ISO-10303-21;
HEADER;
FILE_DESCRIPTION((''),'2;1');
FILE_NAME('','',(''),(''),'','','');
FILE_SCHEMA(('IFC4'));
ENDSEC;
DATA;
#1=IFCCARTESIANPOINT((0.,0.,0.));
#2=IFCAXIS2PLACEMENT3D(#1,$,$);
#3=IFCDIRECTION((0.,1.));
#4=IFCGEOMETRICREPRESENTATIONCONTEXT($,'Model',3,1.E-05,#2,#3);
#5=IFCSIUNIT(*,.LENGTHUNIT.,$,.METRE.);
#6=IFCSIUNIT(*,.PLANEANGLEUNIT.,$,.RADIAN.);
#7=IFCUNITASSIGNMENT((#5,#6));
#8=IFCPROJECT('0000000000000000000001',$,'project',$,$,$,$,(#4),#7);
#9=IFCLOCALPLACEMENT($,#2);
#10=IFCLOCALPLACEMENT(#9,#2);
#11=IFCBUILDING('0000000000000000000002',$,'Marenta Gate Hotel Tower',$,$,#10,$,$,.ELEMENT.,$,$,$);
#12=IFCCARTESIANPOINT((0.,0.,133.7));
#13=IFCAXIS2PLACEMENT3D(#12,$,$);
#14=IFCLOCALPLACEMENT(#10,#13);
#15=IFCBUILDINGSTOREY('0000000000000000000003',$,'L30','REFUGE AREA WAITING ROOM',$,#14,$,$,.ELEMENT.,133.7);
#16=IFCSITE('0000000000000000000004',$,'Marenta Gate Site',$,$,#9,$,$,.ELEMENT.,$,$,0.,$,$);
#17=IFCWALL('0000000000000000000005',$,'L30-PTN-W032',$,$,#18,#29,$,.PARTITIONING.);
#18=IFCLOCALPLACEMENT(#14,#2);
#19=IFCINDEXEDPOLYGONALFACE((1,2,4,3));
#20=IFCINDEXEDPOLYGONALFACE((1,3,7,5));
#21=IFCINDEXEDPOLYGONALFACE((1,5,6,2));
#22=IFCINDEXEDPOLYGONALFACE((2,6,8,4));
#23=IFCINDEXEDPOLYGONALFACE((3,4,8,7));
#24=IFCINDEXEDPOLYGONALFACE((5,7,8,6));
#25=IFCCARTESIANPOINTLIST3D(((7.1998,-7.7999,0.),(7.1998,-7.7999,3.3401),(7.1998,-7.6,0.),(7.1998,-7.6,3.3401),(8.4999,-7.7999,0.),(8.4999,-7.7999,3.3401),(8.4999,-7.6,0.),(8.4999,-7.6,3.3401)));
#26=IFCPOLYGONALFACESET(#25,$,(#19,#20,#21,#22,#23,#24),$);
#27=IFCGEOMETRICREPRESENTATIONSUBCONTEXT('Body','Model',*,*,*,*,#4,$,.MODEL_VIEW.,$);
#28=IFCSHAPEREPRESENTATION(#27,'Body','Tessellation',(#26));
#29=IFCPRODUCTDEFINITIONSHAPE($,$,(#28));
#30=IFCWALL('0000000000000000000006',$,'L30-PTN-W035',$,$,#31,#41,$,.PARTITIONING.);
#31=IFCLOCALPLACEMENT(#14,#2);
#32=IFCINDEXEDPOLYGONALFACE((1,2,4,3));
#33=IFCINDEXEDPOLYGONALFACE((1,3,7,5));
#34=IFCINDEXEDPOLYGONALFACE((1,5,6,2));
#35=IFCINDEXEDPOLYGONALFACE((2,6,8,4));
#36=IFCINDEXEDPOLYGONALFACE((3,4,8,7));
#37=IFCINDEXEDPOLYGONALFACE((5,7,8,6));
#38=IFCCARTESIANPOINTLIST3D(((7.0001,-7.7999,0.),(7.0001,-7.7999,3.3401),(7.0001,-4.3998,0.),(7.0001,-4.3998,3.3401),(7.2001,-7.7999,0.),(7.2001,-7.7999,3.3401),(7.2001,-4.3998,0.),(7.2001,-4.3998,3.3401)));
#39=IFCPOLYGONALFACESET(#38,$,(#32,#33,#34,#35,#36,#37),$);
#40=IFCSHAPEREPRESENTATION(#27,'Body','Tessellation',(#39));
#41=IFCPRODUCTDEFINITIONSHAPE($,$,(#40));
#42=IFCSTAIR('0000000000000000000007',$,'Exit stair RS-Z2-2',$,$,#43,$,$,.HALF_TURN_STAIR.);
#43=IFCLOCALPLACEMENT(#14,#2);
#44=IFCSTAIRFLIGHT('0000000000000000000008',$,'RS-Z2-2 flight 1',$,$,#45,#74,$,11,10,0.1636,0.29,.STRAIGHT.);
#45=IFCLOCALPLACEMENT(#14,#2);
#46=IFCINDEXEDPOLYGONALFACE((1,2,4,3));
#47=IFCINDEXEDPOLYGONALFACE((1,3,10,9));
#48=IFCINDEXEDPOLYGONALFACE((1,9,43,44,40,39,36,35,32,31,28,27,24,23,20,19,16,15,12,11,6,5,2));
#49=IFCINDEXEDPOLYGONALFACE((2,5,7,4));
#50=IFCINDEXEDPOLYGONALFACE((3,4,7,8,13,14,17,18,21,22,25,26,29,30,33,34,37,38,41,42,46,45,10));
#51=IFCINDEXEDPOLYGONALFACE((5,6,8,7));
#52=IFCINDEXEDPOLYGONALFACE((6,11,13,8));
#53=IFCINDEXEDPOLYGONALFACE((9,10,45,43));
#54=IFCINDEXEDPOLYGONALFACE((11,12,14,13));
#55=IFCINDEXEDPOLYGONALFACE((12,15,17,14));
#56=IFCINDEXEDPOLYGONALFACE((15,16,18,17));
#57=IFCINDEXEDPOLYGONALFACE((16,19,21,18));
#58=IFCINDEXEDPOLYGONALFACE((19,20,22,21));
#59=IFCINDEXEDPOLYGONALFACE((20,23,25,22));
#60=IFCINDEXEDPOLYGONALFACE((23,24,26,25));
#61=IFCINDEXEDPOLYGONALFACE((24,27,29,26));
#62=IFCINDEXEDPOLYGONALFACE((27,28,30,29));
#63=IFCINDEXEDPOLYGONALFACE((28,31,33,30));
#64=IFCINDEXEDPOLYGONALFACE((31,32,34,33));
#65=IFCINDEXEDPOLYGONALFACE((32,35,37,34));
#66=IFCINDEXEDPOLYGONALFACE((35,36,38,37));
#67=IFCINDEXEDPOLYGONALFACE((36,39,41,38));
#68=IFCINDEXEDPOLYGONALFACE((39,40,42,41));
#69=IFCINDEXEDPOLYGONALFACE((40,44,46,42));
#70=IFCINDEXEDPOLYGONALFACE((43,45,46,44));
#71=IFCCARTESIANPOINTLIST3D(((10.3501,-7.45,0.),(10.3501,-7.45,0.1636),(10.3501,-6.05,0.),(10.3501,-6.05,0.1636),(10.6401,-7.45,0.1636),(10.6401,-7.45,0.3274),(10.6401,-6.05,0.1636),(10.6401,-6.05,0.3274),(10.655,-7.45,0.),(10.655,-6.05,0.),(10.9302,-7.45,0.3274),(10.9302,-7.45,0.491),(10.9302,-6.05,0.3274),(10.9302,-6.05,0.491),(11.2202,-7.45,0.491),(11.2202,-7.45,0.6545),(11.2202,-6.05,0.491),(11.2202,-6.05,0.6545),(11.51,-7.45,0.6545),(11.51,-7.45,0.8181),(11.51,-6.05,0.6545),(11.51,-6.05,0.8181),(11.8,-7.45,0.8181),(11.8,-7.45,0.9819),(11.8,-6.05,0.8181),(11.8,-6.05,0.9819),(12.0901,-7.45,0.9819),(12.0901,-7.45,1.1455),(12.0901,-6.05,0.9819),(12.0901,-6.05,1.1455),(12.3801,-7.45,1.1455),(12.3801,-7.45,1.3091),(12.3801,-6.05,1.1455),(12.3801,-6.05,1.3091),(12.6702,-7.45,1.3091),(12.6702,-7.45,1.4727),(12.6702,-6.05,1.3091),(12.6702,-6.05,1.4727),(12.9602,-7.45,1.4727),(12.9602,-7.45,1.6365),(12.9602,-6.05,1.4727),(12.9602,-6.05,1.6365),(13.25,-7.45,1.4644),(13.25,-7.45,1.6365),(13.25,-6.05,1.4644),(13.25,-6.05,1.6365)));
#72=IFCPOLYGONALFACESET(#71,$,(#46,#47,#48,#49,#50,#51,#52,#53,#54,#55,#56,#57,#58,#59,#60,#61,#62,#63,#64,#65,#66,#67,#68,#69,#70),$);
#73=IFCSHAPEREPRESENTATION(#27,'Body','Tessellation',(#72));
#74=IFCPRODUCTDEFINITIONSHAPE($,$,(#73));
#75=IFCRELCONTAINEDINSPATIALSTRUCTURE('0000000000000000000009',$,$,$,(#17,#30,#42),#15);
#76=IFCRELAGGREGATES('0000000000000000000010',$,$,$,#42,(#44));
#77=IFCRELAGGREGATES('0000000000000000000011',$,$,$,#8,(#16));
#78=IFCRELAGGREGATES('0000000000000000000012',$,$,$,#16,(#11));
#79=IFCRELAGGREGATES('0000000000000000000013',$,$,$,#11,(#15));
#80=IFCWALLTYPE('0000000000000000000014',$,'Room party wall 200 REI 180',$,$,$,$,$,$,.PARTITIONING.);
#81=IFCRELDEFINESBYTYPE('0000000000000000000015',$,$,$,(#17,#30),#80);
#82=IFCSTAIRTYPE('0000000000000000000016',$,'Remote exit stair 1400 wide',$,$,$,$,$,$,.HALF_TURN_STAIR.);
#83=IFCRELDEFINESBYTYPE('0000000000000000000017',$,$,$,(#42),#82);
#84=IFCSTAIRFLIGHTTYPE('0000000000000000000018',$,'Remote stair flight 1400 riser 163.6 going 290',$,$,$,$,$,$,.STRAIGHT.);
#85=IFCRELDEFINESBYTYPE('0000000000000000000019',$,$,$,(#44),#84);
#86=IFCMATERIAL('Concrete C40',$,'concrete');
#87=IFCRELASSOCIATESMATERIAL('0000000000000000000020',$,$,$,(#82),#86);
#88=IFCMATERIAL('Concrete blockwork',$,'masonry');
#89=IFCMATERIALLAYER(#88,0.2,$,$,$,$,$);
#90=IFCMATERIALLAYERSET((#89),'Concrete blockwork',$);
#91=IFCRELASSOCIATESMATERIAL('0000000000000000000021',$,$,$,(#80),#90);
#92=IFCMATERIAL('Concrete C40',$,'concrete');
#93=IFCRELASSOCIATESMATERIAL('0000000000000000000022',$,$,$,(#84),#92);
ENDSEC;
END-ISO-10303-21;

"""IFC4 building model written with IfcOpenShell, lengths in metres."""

from ifc_helpers import new_model, si_unit, direction, frame, frame_2d, origin, place, context, subcontext, project, spatial, polyline, rectangle, outline, extrude, material, layer, layer_set, type_object, element, aggregate, save


model = new_model("IFC4")

# Units and contexts
model_context = context("Model", 3, precision=1e-05, world=origin(), true_north=direction((0.0, 1.0)))
body_context = subcontext(model_context, "Body", "Model", "MODEL_VIEW")
ifc_project = project(units=[si_unit("LENGTHUNIT", "METRE"), si_unit("PLANEANGLEUNIT", "RADIAN")], contexts=[model_context])

# Site, building, storey
site_placement = place(None, origin())
site = spatial("IfcSite", under=ifc_project, at=site_placement, Name="Marenta Gate Site", CompositionType="ELEMENT", RefElevation=0.0)
building_placement = place(site_placement, origin())
building = spatial("IfcBuilding", under=site, at=building_placement, Name="Marenta Gate Hotel Tower", CompositionType="ELEMENT")
storey_placement = place(building_placement, frame((0.0, 0.0, 133.7)))
storey = spatial("IfcBuildingStorey", under=building, at=storey_placement, Name="L30", Description="REFUGE AREA WAITING ROOM", CompositionType="ELEMENT", Elevation=133.7)

# Shared definitions
ifc_material_1 = material(Name="Concrete C40", Category="concrete")
stair_type_1 = type_object("IfcStairType", Name="Remote exit stair 1400 wide", PredefinedType="HALF_TURN_STAIR", material=ifc_material_1)

# Walls
ifc_material_2 = material(Name="Concrete blockwork", Category="masonry")
ifc_layer_1 = layer(ifc_material_2, 0.2)
ifc_layer_set_1 = layer_set([ifc_layer_1], Name="Concrete blockwork")
wall_type_1 = type_object("IfcWallType", Name="Room party wall 200 REI 180", PredefinedType="PARTITIONING", material=ifc_layer_set_1)
wall_1_placement = place(storey_placement, frame((7.2, -7.7, 0.0), z_axis=(0.0, 0.0, 1.0), x_axis=(1.0, 0.0, 0.0)))
element("IfcWall", 1, at=wall_1_placement, inside=storey, type_object=wall_type_1, Name="L30-PTN-W032", PredefinedType="PARTITIONING", context=body_context, shape_type="SweptSolid", body=[
    extrude(rectangle(XDim=1.3, YDim=0.2, at=frame_2d((0.6499, 0.0))), origin(), (0.0, 0.0, 1.0), 3.3401),
])
wall_2_placement = place(storey_placement, frame((7.1001, -7.8, 0.0), z_axis=(0.0, 0.0, 1.0), x_axis=(0.0, 1.0, 0.0)))
element("IfcWall", 2, at=wall_2_placement, inside=storey, type_object=wall_type_1, Name="L30-PTN-W035", PredefinedType="PARTITIONING", context=body_context, shape_type="SweptSolid", body=[
    extrude(rectangle(XDim=3.4001, YDim=0.2, at=frame_2d((1.7002, 0.0))), origin(), (0.0, 0.0, 1.0), 3.3401),
])

# Stair, stair flight
stair_1_placement = place(storey_placement, origin())
stair_1 = element("IfcStair", 3, at=stair_1_placement, inside=storey, type_object=stair_type_1, Name="Exit stair RS-Z2-2", PredefinedType="HALF_TURN_STAIR")
ifc_material_3 = material(Name="Concrete C40", Category="concrete")
stair_flight_type = type_object("IfcStairFlightType", Name="Remote stair flight 1400 riser 163.6 going 290", PredefinedType="STRAIGHT", material=ifc_material_3)
stair_flight_placement = place(storey_placement, frame((10.3501, -6.75, 0.0), z_axis=(0.0, 0.0, 1.0), x_axis=(1.0, 0.0, 0.0)))
stair_flight = element("IfcStairFlight", 4, at=stair_flight_placement, type_object=stair_flight_type, Name="RS-Z2-2 flight 1", NumberOfRisers=11, NumberOfTreads=10, PredefinedType="STRAIGHT", RiserHeight=0.1636, TreadLength=0.29, context=body_context, shape_type="SweptSolid", body=[
    extrude(outline(polyline([(0.0, 0.0), (0.0, 0.1636), (0.29, 0.1636), (0.29, 0.3274), (0.5801, 0.3274), (0.5801, 0.491), (0.8701, 0.491), (0.8701, 0.6545), (1.1599, 0.6545), (1.1599, 0.8181), (1.45, 0.8181), (1.45, 0.9819), (1.74, 0.9819), (1.74, 1.1455), (2.03, 1.1455), (2.03, 1.3091), (2.3201, 1.3091), (2.3201, 1.4727), (2.6101, 1.4727), (2.6101, 1.6365), (2.8999, 1.6365), (2.8999, 1.8), (2.8999, 1.4644), (0.3049, 0.0), (0.0, 0.0)])), frame((0.0, 0.7, 0.0), z_axis=(0.0, -1.0, 0.0), x_axis=(1.0, 0.0, 0.0)), (0.0, 0.0, 1.0), 1.3999),
])
aggregate(stair_1, [stair_flight])

save(model, "model.ifc")
